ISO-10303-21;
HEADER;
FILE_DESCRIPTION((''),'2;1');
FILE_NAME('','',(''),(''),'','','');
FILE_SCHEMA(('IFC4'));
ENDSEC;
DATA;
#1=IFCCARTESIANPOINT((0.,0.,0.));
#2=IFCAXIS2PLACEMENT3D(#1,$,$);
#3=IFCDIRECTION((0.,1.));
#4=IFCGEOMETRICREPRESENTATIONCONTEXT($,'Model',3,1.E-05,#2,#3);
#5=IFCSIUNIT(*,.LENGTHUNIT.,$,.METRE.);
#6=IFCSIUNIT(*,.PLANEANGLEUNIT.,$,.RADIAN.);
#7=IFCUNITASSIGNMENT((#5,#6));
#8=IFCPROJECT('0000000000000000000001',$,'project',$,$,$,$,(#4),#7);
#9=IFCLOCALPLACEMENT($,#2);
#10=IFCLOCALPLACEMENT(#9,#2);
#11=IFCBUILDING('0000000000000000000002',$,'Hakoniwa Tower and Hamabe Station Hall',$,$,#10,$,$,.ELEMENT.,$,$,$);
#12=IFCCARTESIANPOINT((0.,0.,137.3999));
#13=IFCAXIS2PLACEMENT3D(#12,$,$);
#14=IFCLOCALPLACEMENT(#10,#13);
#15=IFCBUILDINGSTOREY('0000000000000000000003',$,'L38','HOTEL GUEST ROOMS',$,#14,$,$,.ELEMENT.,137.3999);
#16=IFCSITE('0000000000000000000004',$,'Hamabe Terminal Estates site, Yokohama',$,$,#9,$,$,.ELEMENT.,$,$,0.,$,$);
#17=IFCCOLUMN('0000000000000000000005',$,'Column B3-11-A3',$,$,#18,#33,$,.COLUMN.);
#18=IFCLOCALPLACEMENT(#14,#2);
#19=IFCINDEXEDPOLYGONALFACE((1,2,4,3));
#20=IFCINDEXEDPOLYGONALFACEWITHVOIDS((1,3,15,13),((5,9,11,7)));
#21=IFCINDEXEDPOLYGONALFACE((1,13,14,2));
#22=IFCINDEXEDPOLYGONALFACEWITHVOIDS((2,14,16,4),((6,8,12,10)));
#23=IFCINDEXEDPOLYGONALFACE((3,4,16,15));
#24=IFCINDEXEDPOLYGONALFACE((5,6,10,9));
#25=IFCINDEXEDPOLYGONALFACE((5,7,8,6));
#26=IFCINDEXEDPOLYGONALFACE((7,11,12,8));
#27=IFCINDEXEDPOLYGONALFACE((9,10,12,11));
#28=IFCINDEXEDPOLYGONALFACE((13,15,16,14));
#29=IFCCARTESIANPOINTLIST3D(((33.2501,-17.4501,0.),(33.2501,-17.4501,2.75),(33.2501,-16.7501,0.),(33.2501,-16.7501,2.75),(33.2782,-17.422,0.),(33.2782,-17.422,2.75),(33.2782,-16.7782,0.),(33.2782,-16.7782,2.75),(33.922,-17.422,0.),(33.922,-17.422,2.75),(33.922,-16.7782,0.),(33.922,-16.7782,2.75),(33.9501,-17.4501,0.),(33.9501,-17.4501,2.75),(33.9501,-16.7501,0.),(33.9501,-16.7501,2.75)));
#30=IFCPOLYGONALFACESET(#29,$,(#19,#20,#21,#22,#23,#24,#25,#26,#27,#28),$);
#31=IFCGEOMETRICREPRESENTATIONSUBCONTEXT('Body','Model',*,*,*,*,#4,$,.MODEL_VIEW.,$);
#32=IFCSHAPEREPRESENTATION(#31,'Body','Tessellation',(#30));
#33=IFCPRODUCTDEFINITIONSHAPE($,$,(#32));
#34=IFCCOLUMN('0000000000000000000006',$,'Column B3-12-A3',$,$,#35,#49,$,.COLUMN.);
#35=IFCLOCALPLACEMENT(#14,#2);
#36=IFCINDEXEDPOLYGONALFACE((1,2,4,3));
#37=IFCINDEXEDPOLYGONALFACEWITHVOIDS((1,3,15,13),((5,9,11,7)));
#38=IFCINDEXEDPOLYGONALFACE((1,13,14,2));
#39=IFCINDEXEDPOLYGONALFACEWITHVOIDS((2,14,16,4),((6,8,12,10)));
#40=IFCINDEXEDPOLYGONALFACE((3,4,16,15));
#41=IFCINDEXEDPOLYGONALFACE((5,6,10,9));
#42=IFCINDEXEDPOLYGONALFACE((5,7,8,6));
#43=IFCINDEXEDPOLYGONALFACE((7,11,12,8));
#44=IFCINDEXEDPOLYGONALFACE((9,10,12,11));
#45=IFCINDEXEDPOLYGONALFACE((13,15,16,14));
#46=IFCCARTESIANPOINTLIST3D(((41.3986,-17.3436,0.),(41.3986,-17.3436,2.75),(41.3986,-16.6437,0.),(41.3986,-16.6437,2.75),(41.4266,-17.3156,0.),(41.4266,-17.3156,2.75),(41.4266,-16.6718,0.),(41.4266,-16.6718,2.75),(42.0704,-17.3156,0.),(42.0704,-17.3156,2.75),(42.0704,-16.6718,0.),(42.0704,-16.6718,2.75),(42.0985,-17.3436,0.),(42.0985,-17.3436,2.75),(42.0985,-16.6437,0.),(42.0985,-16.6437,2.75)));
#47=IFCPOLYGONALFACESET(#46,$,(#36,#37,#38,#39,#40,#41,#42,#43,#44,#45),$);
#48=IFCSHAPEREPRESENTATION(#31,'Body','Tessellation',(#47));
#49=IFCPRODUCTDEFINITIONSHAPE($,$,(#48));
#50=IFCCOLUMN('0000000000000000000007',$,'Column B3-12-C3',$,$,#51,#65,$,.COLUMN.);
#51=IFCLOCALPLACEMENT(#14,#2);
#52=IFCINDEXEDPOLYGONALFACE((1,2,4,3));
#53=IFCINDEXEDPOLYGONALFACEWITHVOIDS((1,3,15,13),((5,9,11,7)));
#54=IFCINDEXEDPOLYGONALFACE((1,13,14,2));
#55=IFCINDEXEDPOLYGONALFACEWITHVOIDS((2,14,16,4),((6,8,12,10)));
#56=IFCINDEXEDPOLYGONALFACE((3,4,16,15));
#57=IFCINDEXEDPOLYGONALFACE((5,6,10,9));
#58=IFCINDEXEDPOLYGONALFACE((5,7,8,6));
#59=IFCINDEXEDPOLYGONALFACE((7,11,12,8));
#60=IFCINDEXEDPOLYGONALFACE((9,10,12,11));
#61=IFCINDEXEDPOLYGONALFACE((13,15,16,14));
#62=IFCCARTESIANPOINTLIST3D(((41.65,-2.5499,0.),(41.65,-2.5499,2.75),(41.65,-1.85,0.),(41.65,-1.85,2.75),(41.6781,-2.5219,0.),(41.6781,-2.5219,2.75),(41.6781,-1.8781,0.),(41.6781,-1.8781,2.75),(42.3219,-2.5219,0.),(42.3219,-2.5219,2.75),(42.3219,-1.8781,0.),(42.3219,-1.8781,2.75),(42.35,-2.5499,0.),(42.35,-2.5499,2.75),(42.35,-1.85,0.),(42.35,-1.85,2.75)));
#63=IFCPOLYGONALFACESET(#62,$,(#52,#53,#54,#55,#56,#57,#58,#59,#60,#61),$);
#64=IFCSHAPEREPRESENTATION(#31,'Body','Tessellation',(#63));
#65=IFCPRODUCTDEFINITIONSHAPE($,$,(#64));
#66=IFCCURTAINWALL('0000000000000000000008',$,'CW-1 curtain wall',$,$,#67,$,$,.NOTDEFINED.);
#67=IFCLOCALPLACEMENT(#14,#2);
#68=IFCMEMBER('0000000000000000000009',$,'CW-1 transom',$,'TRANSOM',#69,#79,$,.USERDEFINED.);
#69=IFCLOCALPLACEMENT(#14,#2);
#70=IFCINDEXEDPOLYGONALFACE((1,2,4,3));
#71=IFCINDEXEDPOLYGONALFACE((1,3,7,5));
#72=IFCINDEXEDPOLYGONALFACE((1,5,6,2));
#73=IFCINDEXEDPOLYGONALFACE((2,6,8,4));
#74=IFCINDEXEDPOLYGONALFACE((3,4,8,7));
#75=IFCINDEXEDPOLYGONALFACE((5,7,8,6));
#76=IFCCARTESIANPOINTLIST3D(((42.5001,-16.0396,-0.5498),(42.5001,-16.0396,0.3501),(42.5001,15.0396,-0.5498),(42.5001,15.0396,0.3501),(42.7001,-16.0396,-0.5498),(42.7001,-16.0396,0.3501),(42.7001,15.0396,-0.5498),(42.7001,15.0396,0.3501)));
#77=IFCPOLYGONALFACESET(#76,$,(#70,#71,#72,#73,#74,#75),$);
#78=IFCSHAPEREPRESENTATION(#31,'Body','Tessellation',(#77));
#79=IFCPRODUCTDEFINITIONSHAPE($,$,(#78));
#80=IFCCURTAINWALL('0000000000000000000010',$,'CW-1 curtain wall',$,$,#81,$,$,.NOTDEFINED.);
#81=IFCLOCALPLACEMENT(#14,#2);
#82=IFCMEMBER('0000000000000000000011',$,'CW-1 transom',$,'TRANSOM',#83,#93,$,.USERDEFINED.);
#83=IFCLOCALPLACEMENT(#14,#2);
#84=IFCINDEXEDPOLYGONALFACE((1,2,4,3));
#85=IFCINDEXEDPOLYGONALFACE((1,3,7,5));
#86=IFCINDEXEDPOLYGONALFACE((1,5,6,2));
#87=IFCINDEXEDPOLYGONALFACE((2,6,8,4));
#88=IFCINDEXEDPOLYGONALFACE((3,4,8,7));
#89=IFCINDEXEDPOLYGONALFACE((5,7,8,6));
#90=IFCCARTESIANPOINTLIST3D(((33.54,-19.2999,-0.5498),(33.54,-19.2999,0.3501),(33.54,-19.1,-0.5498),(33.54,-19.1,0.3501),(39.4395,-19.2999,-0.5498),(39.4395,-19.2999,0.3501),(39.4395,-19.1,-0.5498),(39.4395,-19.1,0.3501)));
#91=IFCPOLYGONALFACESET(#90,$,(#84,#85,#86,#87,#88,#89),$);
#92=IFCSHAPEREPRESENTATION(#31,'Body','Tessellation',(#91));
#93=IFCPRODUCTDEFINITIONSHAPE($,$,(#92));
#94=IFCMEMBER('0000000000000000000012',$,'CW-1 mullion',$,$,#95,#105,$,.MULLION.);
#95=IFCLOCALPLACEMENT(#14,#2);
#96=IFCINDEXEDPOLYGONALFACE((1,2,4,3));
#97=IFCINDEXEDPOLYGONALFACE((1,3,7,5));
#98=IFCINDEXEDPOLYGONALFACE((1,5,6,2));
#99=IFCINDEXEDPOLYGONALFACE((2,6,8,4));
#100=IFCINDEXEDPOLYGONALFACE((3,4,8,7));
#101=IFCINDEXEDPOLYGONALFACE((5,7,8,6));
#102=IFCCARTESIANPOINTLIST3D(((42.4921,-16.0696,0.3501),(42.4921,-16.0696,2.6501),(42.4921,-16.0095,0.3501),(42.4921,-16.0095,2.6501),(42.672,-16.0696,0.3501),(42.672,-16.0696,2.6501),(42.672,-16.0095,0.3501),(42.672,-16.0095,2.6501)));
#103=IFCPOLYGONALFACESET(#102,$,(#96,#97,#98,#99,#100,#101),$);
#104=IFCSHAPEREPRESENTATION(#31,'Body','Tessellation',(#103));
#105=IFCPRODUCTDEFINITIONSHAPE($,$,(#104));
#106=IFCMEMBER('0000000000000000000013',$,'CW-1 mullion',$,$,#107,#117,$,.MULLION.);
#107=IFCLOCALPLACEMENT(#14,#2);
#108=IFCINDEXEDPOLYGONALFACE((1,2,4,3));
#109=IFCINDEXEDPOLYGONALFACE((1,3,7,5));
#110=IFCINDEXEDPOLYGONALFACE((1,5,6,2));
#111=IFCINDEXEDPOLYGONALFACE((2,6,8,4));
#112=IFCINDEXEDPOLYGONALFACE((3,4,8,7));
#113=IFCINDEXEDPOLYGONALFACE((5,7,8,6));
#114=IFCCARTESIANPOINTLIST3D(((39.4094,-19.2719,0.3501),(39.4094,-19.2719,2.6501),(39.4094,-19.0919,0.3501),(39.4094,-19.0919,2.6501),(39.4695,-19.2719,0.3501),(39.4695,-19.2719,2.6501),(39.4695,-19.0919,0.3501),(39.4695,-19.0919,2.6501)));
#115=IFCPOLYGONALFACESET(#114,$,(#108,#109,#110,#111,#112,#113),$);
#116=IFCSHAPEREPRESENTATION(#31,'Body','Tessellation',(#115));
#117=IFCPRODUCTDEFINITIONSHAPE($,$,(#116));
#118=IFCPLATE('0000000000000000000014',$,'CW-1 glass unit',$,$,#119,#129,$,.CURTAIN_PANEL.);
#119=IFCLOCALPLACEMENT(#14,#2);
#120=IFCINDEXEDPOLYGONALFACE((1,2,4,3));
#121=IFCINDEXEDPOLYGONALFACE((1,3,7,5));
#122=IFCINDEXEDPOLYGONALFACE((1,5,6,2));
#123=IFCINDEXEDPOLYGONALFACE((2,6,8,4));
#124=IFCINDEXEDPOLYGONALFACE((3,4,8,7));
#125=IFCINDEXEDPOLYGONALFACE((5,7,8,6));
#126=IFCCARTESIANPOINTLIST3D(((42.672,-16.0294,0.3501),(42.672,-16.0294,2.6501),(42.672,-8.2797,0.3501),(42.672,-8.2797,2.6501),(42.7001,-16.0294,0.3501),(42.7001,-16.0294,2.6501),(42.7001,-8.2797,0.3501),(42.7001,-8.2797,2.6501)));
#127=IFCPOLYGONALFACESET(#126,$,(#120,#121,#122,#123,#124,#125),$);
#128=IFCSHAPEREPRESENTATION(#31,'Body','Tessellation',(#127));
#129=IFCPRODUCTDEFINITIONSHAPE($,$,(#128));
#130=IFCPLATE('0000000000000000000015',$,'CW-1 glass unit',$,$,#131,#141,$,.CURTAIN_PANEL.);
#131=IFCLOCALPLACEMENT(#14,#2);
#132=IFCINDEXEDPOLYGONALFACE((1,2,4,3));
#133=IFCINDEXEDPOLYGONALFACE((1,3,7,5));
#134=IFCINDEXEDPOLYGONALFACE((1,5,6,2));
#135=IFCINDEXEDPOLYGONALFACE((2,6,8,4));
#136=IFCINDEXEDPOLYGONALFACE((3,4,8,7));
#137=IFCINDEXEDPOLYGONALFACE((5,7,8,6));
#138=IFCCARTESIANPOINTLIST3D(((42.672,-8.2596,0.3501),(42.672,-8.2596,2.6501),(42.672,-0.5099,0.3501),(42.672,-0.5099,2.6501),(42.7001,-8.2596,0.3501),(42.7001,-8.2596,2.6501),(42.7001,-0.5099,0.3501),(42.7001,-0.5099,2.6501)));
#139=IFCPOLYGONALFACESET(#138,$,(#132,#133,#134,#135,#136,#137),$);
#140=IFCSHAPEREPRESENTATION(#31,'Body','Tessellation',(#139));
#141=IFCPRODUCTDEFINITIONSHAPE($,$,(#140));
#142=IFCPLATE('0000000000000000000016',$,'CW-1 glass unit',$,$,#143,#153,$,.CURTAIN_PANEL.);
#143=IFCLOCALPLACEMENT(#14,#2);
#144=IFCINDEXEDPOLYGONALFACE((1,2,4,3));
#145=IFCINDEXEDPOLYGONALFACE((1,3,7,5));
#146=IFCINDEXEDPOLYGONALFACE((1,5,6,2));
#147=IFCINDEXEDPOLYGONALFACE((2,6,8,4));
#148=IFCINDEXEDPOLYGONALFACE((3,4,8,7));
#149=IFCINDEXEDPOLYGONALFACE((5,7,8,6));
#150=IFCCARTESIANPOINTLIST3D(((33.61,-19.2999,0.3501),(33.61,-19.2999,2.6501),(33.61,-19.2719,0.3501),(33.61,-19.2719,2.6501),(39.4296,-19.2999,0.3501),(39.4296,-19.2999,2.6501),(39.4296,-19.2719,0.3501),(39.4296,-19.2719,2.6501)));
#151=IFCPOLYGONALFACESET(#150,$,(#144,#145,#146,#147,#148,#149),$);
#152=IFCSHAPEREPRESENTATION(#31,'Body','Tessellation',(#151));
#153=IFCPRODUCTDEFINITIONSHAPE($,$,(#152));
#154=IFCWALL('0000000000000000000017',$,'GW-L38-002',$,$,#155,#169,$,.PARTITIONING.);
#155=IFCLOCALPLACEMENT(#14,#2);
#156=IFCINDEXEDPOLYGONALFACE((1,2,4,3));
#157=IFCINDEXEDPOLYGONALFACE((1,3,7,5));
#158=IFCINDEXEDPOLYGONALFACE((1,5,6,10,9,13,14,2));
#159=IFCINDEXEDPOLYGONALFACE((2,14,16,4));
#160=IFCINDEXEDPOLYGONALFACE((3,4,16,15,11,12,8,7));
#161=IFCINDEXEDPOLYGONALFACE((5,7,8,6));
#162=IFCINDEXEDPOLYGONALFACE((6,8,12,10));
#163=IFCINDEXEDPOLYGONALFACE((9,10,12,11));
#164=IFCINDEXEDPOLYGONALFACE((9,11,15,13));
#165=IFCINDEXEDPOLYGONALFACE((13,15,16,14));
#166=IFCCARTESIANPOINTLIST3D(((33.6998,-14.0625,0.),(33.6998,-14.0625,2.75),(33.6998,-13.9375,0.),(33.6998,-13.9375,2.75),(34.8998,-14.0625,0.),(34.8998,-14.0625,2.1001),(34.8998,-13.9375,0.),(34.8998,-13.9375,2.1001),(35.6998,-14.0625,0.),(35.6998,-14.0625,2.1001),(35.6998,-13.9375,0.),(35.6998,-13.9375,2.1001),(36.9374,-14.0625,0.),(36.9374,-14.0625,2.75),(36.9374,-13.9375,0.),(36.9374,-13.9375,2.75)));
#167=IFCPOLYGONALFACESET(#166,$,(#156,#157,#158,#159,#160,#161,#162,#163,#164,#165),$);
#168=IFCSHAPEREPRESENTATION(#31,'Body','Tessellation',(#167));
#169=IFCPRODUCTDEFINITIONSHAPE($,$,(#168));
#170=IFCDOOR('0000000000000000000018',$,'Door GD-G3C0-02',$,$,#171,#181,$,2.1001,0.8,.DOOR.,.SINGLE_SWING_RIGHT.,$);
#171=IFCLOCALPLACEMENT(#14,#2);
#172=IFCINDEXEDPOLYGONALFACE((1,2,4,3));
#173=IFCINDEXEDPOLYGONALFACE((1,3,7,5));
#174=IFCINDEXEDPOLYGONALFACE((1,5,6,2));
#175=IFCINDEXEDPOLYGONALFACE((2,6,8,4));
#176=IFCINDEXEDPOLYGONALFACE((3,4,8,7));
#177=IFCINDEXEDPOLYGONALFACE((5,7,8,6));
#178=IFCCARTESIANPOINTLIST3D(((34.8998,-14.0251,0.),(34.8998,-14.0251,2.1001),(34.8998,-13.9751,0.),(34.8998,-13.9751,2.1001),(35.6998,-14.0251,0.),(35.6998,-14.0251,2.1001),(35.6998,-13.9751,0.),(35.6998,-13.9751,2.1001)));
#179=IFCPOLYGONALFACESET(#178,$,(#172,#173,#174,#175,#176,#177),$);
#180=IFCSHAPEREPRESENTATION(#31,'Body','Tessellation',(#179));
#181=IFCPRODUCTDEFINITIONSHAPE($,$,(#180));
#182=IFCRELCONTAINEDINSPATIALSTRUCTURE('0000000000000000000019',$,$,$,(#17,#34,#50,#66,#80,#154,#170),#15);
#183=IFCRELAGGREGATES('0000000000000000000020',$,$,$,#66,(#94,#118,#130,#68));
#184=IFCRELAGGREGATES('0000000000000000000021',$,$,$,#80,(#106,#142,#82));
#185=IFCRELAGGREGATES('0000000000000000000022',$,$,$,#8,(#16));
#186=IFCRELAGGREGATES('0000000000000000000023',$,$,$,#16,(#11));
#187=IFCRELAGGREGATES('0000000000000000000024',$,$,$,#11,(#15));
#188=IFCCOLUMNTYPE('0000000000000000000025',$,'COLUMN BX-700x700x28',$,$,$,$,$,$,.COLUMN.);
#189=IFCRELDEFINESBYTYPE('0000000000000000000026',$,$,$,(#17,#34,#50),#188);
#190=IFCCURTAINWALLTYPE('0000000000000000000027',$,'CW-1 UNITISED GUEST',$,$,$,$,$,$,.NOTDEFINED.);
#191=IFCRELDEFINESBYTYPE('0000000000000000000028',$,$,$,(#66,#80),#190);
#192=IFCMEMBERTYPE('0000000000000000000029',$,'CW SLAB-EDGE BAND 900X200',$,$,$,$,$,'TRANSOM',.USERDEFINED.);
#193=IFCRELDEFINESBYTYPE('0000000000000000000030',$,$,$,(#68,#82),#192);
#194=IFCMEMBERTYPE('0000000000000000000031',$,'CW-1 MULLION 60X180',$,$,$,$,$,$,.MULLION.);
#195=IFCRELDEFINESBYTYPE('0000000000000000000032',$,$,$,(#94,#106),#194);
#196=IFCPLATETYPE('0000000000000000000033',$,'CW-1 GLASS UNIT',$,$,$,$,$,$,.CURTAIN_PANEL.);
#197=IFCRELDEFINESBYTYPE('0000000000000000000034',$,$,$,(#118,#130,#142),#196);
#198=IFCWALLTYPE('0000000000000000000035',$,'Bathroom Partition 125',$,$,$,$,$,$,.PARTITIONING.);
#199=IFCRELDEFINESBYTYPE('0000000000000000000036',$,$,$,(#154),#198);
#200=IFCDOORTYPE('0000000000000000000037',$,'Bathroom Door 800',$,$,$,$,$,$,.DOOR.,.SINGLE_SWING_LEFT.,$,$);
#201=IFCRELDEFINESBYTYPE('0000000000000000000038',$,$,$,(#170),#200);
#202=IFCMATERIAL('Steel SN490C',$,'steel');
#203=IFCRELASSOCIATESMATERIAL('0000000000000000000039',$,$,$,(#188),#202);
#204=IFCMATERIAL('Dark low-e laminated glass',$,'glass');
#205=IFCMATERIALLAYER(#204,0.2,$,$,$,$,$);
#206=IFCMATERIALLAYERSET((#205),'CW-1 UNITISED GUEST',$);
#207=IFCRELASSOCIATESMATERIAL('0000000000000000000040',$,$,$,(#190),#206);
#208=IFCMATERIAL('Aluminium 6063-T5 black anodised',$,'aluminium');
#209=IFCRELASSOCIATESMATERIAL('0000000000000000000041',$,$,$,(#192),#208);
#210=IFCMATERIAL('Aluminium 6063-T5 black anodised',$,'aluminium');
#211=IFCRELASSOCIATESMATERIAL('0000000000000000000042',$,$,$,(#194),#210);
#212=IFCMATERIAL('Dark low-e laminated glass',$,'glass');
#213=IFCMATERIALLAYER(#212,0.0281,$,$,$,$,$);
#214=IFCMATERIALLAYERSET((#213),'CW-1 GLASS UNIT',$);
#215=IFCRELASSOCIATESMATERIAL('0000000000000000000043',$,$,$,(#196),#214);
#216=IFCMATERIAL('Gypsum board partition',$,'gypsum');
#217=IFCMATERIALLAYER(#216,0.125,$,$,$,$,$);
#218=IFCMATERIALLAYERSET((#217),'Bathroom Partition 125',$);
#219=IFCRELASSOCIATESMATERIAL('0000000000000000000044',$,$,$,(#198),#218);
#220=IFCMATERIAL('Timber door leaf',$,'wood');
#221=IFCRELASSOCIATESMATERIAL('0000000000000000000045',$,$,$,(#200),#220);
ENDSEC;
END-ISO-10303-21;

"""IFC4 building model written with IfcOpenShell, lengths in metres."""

from ifc_helpers import new_model, si_unit, direction, frame, frame_2d, origin, origin_2d, place, context, subcontext, project, spatial, rectangle, hollow_rectangle, extrude, material, layer, layer_set, material_profile, profile_set, type_object, element, fill, aggregate, save


model = new_model("IFC4")

# Units and contexts
model_context = context("Model", 3, precision=1e-05, world=origin(), true_north=direction((0.0, 1.0)))
body_context = subcontext(model_context, "Body", "Model", "MODEL_VIEW")
ifc_project = project(units=[si_unit("LENGTHUNIT", "METRE"), si_unit("PLANEANGLEUNIT", "RADIAN")], contexts=[model_context])

# Site, building, storey
site_placement = place(None, origin())
site = spatial("IfcSite", under=ifc_project, at=site_placement, Name="Hamabe Terminal Estates site, Yokohama", CompositionType="ELEMENT", RefElevation=0.0)
building_placement = place(site_placement, origin())
building = spatial("IfcBuilding", under=site, at=building_placement, Name="Hakoniwa Tower and Hamabe Station Hall", CompositionType="ELEMENT")
storey_placement = place(building_placement, frame((0.0, 0.0, 137.3999)))
storey = spatial("IfcBuildingStorey", under=building, at=storey_placement, Name="L38", Description="HOTEL GUEST ROOMS", CompositionType="ELEMENT", Elevation=137.3999)

# Columns
ifc_material_1 = material(Name="Steel SN490C", Category="steel")
ifc_material_profile_1 = material_profile(ifc_material_1, hollow_rectangle(XDim=0.7, YDim=0.7, WallThickness=0.0281, at=origin_2d()), Name="BX-700x700x28")
ifc_profile_set_1 = profile_set([ifc_material_profile_1], Name="Steel SN490C")
column_type = type_object("IfcColumnType", Name="COLUMN BX-700x700x28", PredefinedType="COLUMN", material=ifc_profile_set_1)
for number, where, z_axis, x_axis, name in (
    (1, (33.6001, -17.1001, 0.0), (0.0, 0.0, 1.0), (1.0, 0.0, 0.0), "Column B3-11-A3"),
    (2, (41.7485, -16.9937, 0.0), (0.0, 0.0, 1.0), (1.0, 0.0, 0.0), "Column B3-12-A3"),
    (3, (42.0, -2.2, 0.0), (0.0, 0.0, 1.0), (1.0, 0.0, 0.0), "Column B3-12-C3"),
):
    element("IfcColumn", number, at=place(storey_placement, frame(where, z_axis=z_axis, x_axis=x_axis)), inside=storey, type_object=column_type, Name=name, PredefinedType="COLUMN", context=body_context, shape_type="SweptSolid", body=[
        extrude(hollow_rectangle(XDim=0.7, YDim=0.7, WallThickness=0.0281, at=origin_2d()), origin(), (0.0, 0.0, 1.0), 2.75),
    ])

# Curtain walls, members
ifc_material_2 = material(Name="Dark low-e laminated glass", Category="glass")
ifc_layer_1 = layer(ifc_material_2, 0.2)
ifc_layer_set_1 = layer_set([ifc_layer_1], Name="CW-1 UNITISED GUEST")
curtain_wall_type = type_object("IfcCurtainWallType", Name="CW-1 UNITISED GUEST", PredefinedType="NOTDEFINED", material=ifc_layer_set_1)
curtain_wall_1_placement = place(storey_placement, origin())
curtain_wall_1 = element("IfcCurtainWall", 4, at=curtain_wall_1_placement, inside=storey, type_object=curtain_wall_type, Name="CW-1 curtain wall", PredefinedType="NOTDEFINED")
ifc_material_3 = material(Name="Aluminium 6063-T5 black anodised", Category="aluminium")
ifc_material_profile_2 = material_profile(ifc_material_3, rectangle(XDim=0.2, YDim=0.8999, at=origin_2d()), Name="CW SLAB-EDGE BAND 900X200")
ifc_profile_set_2 = profile_set([ifc_material_profile_2], Name="Aluminium 6063-T5 black anodised")
member_type_1 = type_object("IfcMemberType", Name="CW SLAB-EDGE BAND 900X200", ElementType="TRANSOM", PredefinedType="USERDEFINED", material=ifc_profile_set_2)
member_1_placement = place(storey_placement, frame((42.6001, -16.0396, -0.0999), z_axis=(0.0, 1.0, 0.0), x_axis=(-1.0, 0.0, 0.0)))
member_1 = element("IfcMember", 5, at=member_1_placement, type_object=member_type_1, Name="CW-1 transom", ObjectType="TRANSOM", PredefinedType="USERDEFINED", context=body_context, shape_type="SweptSolid", body=[
    extrude(rectangle(XDim=0.2, YDim=0.8999, at=origin_2d()), origin(), (0.0, 0.0, 1.0), 31.0791),
])
curtain_wall_2_placement = place(storey_placement, origin())
curtain_wall_2 = element("IfcCurtainWall", 6, at=curtain_wall_2_placement, inside=storey, type_object=curtain_wall_type, Name="CW-1 curtain wall", PredefinedType="NOTDEFINED")
member_2_placement = place(storey_placement, frame((33.54, -19.2, -0.0999), z_axis=(1.0, 0.0, 0.0), x_axis=(0.0, 1.0, 0.0)))
member_2 = element("IfcMember", 7, at=member_2_placement, type_object=member_type_1, Name="CW-1 transom", ObjectType="TRANSOM", PredefinedType="USERDEFINED", context=body_context, shape_type="SweptSolid", body=[
    extrude(rectangle(XDim=0.2, YDim=0.8999, at=origin_2d()), origin(), (0.0, 0.0, 1.0), 5.8994),
])

# Members
ifc_material_4 = material(Name="Aluminium 6063-T5 black anodised", Category="aluminium")
ifc_material_profile_3 = material_profile(ifc_material_4, rectangle(XDim=0.0601, YDim=0.1799, at=origin_2d()), Name="CW-1 MULLION 60X180")
ifc_profile_set_3 = profile_set([ifc_material_profile_3], Name="Aluminium 6063-T5 black anodised")
member_type_2 = type_object("IfcMemberType", Name="CW-1 MULLION 60X180", PredefinedType="MULLION", material=ifc_profile_set_3)
member_3_placement = place(storey_placement, frame((42.582, -16.0396, 0.3501), z_axis=(0.0, 0.0, 1.0), x_axis=(0.0, 1.0, 0.0)))
member_3 = element("IfcMember", 8, at=member_3_placement, type_object=member_type_2, Name="CW-1 mullion", PredefinedType="MULLION", context=body_context, shape_type="SweptSolid", body=[
    extrude(rectangle(XDim=0.0601, YDim=0.1799, at=origin_2d()), origin(), (0.0, 0.0, 1.0), 2.3),
])
member_4_placement = place(storey_placement, frame((39.4395, -19.1819, 0.3501), z_axis=(0.0, 0.0, 1.0), x_axis=(1.0, 0.0, 0.0)))
member_4 = element("IfcMember", 9, at=member_4_placement, type_object=member_type_2, Name="CW-1 mullion", PredefinedType="MULLION", context=body_context, shape_type="SweptSolid", body=[
    extrude(rectangle(XDim=0.0601, YDim=0.1799, at=origin_2d()), origin(), (0.0, 0.0, 1.0), 2.3),
])

# Plates
ifc_material_5 = material(Name="Dark low-e laminated glass", Category="glass")
ifc_layer_2 = layer(ifc_material_5, 0.0281)
ifc_layer_set_2 = layer_set([ifc_layer_2], Name="CW-1 GLASS UNIT")
plate_type = type_object("IfcPlateType", Name="CW-1 GLASS UNIT", PredefinedType="CURTAIN_PANEL", material=ifc_layer_set_2)
plate_1_placement = place(storey_placement, frame((42.686, -12.1545, 0.3501), z_axis=(0.0, 0.0, 1.0), x_axis=(0.0, 1.0, 0.0)))
plate_1 = element("IfcPlate", 10, at=plate_1_placement, type_object=plate_type, Name="CW-1 glass unit", PredefinedType="CURTAIN_PANEL", context=body_context, shape_type="SweptSolid", body=[
    extrude(rectangle(XDim=7.7498, YDim=0.0281, at=origin_2d()), origin(), (0.0, 0.0, 1.0), 2.3),
])
plate_2_placement = place(storey_placement, frame((42.686, -4.3848, 0.3501), z_axis=(0.0, 0.0, 1.0), x_axis=(0.0, 1.0, 0.0)))
plate_2 = element("IfcPlate", 11, at=plate_2_placement, type_object=plate_type, Name="CW-1 glass unit", PredefinedType="CURTAIN_PANEL", context=body_context, shape_type="SweptSolid", body=[
    extrude(rectangle(XDim=7.7498, YDim=0.0281, at=origin_2d()), origin(), (0.0, 0.0, 1.0), 2.3),
])
aggregate(curtain_wall_1, [member_3, plate_1, plate_2, member_1])
plate_3_placement = place(storey_placement, frame((36.5198, -19.2859, 0.3501), z_axis=(0.0, 0.0, 1.0), x_axis=(1.0, 0.0, 0.0)))
plate_3 = element("IfcPlate", 12, at=plate_3_placement, type_object=plate_type, Name="CW-1 glass unit", PredefinedType="CURTAIN_PANEL", context=body_context, shape_type="SweptSolid", body=[
    extrude(rectangle(XDim=5.8196, YDim=0.0281, at=origin_2d()), origin(), (0.0, 0.0, 1.0), 2.3),
])
aggregate(curtain_wall_2, [member_4, plate_3, member_2])

# Wall, opening, door
ifc_material_6 = material(Name="Gypsum board partition", Category="gypsum")
ifc_layer_3 = layer(ifc_material_6, 0.125)
ifc_layer_set_3 = layer_set([ifc_layer_3], Name="Bathroom Partition 125")
wall_type_1 = type_object("IfcWallType", Name="Bathroom Partition 125", PredefinedType="PARTITIONING", material=ifc_layer_set_3)
wall_1_placement = place(storey_placement, frame((33.7, -14.0, 0.0), z_axis=(0.0, 0.0, 1.0), x_axis=(1.0, 0.0, 0.0)))
wall_1 = element("IfcWall", 13, at=wall_1_placement, inside=storey, type_object=wall_type_1, Name="GW-L38-002", PredefinedType="PARTITIONING", context=body_context, shape_type="SweptSolid", body=[
    extrude(rectangle(XDim=3.2375, YDim=0.125, at=frame_2d((1.6187, 0.0))), origin(), (0.0, 0.0, 1.0), 2.75),
])
opening_1_placement = place(wall_1_placement, frame((1.2, 0.0, 0.0)))
opening_1 = element("IfcOpeningElement", 14, at=opening_1_placement, cuts=wall_1, PredefinedType="OPENING", context=body_context, shape_type="SweptSolid", body=[
    extrude(rectangle(XDim=0.8, YDim=2.1001, at=frame_2d((0.3999, 1.05))), frame((0.0, 0.0725, 0.0), z_axis=(0.0, -1.0, 0.0), x_axis=(1.0, 0.0, 0.0)), (0.0, 0.0, 1.0), 0.145),
])
ifc_material_7 = material(Name="Timber door leaf", Category="wood")
door_type_1 = type_object("IfcDoorType", Name="Bathroom Door 800", OperationType="SINGLE_SWING_LEFT", PredefinedType="DOOR", material=ifc_material_7)
door_1_placement = place(opening_1_placement, origin())
door_1 = element("IfcDoor", 15, at=door_1_placement, inside=storey, type_object=door_type_1, Name="Door GD-G3C0-02", OperationType="SINGLE_SWING_RIGHT", OverallHeight=2.1001, OverallWidth=0.8, PredefinedType="DOOR", context=body_context, shape_type="SweptSolid", body=[
    extrude(rectangle(XDim=0.8, YDim=2.1001, at=frame_2d((0.3999, 1.05))), frame((0.0, 0.0249, 0.0), z_axis=(0.0, -1.0, 0.0), x_axis=(1.0, 0.0, 0.0)), (0.0, 0.0, 1.0), 0.05),
])
fill(opening_1, door_1)

save(model, "model.ifc")
